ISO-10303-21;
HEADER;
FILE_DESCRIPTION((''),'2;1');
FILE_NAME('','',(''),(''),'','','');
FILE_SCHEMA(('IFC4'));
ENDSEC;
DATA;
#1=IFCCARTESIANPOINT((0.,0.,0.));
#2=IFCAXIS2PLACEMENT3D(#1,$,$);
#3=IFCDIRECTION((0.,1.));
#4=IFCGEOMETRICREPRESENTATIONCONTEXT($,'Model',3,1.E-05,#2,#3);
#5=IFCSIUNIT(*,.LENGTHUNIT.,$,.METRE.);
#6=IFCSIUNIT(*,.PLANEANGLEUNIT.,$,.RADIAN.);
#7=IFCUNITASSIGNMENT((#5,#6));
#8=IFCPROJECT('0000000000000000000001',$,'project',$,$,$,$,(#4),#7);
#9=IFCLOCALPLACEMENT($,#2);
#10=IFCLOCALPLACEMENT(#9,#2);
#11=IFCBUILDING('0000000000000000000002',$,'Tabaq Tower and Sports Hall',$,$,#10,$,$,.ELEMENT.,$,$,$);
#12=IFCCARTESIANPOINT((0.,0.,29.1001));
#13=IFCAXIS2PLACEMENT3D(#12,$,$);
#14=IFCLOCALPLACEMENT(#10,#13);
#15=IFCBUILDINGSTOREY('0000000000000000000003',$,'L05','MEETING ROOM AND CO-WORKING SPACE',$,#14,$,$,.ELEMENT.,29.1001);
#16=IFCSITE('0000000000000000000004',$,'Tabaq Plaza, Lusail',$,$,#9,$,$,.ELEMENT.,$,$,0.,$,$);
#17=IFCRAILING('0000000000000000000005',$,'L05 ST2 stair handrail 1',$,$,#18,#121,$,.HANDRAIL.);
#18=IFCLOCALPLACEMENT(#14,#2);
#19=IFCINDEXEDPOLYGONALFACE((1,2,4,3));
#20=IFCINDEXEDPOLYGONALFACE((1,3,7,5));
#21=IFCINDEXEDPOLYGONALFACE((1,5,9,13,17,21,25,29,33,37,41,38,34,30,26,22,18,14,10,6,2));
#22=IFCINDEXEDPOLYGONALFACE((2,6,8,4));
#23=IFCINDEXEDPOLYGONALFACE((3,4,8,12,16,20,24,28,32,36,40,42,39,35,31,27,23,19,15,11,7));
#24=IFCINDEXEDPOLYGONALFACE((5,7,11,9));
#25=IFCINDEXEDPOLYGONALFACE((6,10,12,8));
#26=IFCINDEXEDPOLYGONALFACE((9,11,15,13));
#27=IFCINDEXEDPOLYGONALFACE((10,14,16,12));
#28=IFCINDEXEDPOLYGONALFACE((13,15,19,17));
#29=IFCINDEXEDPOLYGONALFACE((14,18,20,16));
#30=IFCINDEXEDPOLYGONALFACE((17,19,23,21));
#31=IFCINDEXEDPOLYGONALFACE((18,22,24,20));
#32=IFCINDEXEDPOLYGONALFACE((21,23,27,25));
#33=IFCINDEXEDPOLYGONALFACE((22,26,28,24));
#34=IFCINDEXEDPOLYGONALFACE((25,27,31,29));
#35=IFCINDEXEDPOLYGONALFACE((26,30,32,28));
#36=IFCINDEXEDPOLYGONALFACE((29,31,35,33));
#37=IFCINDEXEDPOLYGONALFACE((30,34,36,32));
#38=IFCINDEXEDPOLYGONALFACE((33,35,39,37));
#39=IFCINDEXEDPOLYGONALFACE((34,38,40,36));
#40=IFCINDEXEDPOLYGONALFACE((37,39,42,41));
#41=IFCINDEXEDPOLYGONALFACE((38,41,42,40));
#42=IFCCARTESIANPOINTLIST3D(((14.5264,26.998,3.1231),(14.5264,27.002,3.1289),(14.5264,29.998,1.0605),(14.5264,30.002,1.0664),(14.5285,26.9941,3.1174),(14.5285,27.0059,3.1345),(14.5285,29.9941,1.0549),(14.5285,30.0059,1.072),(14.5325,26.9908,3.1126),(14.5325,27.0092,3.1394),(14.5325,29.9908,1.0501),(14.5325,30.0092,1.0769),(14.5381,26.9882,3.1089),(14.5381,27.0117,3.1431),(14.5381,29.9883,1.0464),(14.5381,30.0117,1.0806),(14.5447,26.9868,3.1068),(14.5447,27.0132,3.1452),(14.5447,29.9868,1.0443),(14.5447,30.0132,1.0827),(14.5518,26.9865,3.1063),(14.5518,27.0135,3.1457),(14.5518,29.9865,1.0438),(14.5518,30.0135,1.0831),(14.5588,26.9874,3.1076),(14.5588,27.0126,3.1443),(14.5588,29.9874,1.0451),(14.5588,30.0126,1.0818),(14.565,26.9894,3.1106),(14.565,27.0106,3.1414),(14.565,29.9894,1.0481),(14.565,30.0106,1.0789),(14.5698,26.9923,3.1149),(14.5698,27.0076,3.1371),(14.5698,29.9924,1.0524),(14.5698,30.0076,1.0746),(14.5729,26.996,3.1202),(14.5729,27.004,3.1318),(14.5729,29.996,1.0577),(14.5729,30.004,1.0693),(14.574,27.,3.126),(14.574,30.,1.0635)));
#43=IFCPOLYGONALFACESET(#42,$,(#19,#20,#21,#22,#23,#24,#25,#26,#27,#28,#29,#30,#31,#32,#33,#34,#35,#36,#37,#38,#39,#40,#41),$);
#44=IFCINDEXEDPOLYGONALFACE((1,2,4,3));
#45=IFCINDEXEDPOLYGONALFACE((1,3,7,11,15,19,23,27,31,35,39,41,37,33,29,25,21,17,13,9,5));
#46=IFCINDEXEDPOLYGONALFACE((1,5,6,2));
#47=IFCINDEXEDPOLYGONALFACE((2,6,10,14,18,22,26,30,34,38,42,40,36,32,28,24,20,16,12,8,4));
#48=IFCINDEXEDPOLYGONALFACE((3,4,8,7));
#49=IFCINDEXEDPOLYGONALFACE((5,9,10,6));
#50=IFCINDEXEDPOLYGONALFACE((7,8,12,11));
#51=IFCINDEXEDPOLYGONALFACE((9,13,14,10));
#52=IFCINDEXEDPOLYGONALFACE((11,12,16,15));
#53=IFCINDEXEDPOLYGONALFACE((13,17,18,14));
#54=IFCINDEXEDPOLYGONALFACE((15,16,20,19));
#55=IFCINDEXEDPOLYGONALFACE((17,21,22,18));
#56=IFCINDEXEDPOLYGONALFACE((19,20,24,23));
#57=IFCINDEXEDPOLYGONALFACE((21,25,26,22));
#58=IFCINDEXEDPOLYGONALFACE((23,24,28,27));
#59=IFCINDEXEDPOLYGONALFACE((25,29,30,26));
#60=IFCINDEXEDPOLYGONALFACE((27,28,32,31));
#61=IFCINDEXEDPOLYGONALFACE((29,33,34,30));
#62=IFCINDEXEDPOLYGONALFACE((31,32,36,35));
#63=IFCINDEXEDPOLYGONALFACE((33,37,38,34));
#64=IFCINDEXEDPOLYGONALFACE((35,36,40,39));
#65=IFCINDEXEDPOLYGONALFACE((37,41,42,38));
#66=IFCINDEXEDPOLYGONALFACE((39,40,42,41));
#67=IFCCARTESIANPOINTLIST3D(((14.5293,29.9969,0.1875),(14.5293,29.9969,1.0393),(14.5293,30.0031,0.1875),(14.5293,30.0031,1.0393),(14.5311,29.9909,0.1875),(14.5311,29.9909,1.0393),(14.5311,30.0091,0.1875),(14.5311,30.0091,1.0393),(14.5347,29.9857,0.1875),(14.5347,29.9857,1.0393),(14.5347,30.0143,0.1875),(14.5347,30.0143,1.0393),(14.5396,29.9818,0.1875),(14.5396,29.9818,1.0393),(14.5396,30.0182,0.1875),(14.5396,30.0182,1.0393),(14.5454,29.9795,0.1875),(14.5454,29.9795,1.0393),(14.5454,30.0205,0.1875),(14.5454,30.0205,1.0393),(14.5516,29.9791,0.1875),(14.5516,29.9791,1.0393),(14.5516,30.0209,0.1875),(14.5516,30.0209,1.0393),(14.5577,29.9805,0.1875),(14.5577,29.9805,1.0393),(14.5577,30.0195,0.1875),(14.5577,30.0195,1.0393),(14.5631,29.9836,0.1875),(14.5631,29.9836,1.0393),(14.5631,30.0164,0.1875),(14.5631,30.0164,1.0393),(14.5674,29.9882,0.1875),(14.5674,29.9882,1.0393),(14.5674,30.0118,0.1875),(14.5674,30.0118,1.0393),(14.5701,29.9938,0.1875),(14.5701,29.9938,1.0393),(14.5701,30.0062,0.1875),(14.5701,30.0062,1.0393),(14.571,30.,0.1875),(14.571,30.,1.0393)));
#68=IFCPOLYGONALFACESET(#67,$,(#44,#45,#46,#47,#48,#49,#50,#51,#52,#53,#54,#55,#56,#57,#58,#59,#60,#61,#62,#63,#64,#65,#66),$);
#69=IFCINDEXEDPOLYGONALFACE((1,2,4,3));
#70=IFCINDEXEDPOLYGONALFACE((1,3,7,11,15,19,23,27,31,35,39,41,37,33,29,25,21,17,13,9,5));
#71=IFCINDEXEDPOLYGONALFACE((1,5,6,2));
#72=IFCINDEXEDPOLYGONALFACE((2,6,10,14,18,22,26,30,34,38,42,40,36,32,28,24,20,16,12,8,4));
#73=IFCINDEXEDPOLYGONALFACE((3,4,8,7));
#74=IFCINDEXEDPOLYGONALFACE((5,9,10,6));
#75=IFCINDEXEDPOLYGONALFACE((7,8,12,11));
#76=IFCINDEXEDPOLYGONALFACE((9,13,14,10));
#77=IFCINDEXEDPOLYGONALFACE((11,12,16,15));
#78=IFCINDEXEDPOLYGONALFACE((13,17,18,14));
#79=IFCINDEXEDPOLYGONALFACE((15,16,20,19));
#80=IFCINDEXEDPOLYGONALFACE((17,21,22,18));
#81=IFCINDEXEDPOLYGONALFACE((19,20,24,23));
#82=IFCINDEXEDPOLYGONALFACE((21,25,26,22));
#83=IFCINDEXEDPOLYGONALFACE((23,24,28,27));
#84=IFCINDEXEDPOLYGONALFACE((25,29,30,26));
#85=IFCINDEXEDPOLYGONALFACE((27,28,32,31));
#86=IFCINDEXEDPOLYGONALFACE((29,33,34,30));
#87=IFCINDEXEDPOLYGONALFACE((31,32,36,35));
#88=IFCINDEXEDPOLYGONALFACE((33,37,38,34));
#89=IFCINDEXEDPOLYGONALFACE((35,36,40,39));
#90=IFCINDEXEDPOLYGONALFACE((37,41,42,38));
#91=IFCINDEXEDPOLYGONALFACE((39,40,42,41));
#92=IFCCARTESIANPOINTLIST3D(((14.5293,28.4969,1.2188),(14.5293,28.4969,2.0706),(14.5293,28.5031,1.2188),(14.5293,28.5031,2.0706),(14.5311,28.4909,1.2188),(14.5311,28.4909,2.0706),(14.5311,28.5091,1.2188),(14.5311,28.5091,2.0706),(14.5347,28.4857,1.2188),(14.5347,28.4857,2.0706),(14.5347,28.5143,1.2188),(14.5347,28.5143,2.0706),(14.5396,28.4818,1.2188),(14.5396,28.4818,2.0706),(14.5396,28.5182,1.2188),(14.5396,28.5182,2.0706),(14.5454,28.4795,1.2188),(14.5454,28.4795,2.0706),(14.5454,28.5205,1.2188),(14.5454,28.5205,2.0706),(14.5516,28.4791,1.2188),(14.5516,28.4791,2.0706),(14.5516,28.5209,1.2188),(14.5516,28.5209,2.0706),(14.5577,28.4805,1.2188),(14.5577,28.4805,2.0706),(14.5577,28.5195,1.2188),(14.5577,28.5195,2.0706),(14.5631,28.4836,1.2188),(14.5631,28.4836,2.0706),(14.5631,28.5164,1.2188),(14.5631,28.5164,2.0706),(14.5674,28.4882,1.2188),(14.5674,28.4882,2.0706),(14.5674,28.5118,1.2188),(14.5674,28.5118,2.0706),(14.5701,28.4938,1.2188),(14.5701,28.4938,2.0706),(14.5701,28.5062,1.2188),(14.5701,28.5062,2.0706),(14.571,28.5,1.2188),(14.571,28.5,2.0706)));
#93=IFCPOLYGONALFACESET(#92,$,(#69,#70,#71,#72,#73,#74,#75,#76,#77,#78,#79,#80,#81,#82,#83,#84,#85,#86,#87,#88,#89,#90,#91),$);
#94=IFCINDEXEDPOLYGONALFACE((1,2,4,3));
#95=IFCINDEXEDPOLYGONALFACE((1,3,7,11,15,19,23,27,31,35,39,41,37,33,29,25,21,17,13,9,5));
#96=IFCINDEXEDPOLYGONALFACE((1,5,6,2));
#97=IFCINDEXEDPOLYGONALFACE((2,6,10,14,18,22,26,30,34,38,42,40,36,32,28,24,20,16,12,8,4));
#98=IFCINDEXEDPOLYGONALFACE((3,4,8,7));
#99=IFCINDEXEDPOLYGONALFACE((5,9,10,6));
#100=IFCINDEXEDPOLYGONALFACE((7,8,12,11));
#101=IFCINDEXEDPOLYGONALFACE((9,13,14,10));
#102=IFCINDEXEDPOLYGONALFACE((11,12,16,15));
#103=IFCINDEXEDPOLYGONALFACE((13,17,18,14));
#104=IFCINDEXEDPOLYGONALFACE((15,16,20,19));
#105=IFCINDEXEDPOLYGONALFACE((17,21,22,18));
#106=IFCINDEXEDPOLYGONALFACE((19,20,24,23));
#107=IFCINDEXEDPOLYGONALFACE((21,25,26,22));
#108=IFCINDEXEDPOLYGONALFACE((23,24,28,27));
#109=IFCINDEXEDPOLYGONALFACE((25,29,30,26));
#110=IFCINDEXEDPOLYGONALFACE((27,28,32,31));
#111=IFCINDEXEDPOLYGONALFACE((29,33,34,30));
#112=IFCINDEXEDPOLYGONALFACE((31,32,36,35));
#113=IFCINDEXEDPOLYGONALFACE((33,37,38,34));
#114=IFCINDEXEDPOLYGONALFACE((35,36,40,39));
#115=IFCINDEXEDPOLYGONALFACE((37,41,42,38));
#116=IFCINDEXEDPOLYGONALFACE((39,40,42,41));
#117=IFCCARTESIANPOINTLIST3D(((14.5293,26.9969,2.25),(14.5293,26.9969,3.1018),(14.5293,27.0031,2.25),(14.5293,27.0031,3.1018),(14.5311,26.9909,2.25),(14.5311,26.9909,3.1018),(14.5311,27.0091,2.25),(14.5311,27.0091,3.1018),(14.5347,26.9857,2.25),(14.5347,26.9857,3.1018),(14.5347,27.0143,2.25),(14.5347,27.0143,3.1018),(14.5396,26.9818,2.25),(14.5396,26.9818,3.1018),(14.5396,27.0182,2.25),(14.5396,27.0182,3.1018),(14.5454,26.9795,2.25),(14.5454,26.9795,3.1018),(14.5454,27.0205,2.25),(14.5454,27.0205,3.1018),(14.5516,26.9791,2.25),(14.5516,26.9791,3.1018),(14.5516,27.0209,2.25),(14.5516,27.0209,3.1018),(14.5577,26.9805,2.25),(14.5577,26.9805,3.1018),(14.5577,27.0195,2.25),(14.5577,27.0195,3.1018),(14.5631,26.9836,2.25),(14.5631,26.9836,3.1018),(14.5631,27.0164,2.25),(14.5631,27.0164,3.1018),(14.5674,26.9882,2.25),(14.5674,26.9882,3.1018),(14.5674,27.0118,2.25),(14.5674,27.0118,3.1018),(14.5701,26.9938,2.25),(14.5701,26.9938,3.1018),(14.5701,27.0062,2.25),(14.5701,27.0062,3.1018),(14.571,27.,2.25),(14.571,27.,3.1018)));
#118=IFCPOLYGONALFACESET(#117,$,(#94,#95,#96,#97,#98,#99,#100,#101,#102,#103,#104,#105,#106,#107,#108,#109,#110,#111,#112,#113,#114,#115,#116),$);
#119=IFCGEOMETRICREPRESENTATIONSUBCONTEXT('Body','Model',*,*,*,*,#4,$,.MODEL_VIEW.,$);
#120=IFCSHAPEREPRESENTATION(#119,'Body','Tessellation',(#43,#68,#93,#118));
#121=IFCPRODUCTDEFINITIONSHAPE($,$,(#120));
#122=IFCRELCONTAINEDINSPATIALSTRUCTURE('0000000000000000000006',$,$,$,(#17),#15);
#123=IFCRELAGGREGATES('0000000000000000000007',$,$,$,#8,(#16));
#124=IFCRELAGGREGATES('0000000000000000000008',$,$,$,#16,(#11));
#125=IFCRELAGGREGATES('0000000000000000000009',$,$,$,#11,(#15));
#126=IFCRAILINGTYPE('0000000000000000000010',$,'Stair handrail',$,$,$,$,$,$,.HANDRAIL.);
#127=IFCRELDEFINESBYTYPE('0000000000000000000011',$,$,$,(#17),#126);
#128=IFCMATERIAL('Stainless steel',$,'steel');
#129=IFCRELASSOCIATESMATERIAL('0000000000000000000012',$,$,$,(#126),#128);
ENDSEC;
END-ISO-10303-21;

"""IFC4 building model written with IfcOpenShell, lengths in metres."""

from ifc_helpers import new_model, si_unit, direction, frame, origin, origin_2d, place, context, subcontext, project, spatial, circle, extrude, material, type_object, element, save


model = new_model("IFC4")

# Units and contexts
model_context = context("Model", 3, precision=1e-05, world=origin(), true_north=direction((0.0, 1.0)))
body_context = subcontext(model_context, "Body", "Model", "MODEL_VIEW")
ifc_project = project(units=[si_unit("LENGTHUNIT", "METRE"), si_unit("PLANEANGLEUNIT", "RADIAN")], contexts=[model_context])

# Site, building, storey
site_placement = place(None, origin())
site = spatial("IfcSite", under=ifc_project, at=site_placement, Name="Tabaq Plaza, Lusail", CompositionType="ELEMENT", RefElevation=0.0)
building_placement = place(site_placement, origin())
building = spatial("IfcBuilding", under=site, at=building_placement, Name="Tabaq Tower and Sports Hall", CompositionType="ELEMENT")
storey_placement = place(building_placement, frame((0.0, 0.0, 29.1001)))
storey = spatial("IfcBuildingStorey", under=building, at=storey_placement, Name="L05", Description="MEETING ROOM AND CO-WORKING SPACE", CompositionType="ELEMENT", Elevation=29.1001)

# Railing
ifc_material_1 = material(Name="Stainless steel", Category="steel")
railing_type_1 = type_object("IfcRailingType", Name="Stair handrail", PredefinedType="HANDRAIL", material=ifc_material_1)
railing_1_placement = place(storey_placement, frame((14.55, 30.0, 0.1875)))
element("IfcRailing", 1, at=railing_1_placement, inside=storey, type_object=railing_type_1, Name="L05 ST2 stair handrail 1", PredefinedType="HANDRAIL", context=body_context, shape_type="SweptSolid", body=[
    extrude(circle(Radius=0.0239, at=origin_2d()), frame((0.0, 0.0, 0.876), z_axis=(0.0, -0.824042, 0.566529), x_axis=(1.0, 0.0, 0.0)), (0.0, 0.0, 1.0), 3.6406),
    extrude(circle(Radius=0.021, at=origin_2d()), origin(), (0.0, 0.0, 1.0), 0.8518),
    extrude(circle(Radius=0.021, at=origin_2d()), frame((0.0, -1.5, 1.0312)), (0.0, 0.0, 1.0), 0.8518),
    extrude(circle(Radius=0.021, at=origin_2d()), frame((0.0, -3.0, 2.0625)), (0.0, 0.0, 1.0), 0.8518),
])

save(model, "model.ifc")
